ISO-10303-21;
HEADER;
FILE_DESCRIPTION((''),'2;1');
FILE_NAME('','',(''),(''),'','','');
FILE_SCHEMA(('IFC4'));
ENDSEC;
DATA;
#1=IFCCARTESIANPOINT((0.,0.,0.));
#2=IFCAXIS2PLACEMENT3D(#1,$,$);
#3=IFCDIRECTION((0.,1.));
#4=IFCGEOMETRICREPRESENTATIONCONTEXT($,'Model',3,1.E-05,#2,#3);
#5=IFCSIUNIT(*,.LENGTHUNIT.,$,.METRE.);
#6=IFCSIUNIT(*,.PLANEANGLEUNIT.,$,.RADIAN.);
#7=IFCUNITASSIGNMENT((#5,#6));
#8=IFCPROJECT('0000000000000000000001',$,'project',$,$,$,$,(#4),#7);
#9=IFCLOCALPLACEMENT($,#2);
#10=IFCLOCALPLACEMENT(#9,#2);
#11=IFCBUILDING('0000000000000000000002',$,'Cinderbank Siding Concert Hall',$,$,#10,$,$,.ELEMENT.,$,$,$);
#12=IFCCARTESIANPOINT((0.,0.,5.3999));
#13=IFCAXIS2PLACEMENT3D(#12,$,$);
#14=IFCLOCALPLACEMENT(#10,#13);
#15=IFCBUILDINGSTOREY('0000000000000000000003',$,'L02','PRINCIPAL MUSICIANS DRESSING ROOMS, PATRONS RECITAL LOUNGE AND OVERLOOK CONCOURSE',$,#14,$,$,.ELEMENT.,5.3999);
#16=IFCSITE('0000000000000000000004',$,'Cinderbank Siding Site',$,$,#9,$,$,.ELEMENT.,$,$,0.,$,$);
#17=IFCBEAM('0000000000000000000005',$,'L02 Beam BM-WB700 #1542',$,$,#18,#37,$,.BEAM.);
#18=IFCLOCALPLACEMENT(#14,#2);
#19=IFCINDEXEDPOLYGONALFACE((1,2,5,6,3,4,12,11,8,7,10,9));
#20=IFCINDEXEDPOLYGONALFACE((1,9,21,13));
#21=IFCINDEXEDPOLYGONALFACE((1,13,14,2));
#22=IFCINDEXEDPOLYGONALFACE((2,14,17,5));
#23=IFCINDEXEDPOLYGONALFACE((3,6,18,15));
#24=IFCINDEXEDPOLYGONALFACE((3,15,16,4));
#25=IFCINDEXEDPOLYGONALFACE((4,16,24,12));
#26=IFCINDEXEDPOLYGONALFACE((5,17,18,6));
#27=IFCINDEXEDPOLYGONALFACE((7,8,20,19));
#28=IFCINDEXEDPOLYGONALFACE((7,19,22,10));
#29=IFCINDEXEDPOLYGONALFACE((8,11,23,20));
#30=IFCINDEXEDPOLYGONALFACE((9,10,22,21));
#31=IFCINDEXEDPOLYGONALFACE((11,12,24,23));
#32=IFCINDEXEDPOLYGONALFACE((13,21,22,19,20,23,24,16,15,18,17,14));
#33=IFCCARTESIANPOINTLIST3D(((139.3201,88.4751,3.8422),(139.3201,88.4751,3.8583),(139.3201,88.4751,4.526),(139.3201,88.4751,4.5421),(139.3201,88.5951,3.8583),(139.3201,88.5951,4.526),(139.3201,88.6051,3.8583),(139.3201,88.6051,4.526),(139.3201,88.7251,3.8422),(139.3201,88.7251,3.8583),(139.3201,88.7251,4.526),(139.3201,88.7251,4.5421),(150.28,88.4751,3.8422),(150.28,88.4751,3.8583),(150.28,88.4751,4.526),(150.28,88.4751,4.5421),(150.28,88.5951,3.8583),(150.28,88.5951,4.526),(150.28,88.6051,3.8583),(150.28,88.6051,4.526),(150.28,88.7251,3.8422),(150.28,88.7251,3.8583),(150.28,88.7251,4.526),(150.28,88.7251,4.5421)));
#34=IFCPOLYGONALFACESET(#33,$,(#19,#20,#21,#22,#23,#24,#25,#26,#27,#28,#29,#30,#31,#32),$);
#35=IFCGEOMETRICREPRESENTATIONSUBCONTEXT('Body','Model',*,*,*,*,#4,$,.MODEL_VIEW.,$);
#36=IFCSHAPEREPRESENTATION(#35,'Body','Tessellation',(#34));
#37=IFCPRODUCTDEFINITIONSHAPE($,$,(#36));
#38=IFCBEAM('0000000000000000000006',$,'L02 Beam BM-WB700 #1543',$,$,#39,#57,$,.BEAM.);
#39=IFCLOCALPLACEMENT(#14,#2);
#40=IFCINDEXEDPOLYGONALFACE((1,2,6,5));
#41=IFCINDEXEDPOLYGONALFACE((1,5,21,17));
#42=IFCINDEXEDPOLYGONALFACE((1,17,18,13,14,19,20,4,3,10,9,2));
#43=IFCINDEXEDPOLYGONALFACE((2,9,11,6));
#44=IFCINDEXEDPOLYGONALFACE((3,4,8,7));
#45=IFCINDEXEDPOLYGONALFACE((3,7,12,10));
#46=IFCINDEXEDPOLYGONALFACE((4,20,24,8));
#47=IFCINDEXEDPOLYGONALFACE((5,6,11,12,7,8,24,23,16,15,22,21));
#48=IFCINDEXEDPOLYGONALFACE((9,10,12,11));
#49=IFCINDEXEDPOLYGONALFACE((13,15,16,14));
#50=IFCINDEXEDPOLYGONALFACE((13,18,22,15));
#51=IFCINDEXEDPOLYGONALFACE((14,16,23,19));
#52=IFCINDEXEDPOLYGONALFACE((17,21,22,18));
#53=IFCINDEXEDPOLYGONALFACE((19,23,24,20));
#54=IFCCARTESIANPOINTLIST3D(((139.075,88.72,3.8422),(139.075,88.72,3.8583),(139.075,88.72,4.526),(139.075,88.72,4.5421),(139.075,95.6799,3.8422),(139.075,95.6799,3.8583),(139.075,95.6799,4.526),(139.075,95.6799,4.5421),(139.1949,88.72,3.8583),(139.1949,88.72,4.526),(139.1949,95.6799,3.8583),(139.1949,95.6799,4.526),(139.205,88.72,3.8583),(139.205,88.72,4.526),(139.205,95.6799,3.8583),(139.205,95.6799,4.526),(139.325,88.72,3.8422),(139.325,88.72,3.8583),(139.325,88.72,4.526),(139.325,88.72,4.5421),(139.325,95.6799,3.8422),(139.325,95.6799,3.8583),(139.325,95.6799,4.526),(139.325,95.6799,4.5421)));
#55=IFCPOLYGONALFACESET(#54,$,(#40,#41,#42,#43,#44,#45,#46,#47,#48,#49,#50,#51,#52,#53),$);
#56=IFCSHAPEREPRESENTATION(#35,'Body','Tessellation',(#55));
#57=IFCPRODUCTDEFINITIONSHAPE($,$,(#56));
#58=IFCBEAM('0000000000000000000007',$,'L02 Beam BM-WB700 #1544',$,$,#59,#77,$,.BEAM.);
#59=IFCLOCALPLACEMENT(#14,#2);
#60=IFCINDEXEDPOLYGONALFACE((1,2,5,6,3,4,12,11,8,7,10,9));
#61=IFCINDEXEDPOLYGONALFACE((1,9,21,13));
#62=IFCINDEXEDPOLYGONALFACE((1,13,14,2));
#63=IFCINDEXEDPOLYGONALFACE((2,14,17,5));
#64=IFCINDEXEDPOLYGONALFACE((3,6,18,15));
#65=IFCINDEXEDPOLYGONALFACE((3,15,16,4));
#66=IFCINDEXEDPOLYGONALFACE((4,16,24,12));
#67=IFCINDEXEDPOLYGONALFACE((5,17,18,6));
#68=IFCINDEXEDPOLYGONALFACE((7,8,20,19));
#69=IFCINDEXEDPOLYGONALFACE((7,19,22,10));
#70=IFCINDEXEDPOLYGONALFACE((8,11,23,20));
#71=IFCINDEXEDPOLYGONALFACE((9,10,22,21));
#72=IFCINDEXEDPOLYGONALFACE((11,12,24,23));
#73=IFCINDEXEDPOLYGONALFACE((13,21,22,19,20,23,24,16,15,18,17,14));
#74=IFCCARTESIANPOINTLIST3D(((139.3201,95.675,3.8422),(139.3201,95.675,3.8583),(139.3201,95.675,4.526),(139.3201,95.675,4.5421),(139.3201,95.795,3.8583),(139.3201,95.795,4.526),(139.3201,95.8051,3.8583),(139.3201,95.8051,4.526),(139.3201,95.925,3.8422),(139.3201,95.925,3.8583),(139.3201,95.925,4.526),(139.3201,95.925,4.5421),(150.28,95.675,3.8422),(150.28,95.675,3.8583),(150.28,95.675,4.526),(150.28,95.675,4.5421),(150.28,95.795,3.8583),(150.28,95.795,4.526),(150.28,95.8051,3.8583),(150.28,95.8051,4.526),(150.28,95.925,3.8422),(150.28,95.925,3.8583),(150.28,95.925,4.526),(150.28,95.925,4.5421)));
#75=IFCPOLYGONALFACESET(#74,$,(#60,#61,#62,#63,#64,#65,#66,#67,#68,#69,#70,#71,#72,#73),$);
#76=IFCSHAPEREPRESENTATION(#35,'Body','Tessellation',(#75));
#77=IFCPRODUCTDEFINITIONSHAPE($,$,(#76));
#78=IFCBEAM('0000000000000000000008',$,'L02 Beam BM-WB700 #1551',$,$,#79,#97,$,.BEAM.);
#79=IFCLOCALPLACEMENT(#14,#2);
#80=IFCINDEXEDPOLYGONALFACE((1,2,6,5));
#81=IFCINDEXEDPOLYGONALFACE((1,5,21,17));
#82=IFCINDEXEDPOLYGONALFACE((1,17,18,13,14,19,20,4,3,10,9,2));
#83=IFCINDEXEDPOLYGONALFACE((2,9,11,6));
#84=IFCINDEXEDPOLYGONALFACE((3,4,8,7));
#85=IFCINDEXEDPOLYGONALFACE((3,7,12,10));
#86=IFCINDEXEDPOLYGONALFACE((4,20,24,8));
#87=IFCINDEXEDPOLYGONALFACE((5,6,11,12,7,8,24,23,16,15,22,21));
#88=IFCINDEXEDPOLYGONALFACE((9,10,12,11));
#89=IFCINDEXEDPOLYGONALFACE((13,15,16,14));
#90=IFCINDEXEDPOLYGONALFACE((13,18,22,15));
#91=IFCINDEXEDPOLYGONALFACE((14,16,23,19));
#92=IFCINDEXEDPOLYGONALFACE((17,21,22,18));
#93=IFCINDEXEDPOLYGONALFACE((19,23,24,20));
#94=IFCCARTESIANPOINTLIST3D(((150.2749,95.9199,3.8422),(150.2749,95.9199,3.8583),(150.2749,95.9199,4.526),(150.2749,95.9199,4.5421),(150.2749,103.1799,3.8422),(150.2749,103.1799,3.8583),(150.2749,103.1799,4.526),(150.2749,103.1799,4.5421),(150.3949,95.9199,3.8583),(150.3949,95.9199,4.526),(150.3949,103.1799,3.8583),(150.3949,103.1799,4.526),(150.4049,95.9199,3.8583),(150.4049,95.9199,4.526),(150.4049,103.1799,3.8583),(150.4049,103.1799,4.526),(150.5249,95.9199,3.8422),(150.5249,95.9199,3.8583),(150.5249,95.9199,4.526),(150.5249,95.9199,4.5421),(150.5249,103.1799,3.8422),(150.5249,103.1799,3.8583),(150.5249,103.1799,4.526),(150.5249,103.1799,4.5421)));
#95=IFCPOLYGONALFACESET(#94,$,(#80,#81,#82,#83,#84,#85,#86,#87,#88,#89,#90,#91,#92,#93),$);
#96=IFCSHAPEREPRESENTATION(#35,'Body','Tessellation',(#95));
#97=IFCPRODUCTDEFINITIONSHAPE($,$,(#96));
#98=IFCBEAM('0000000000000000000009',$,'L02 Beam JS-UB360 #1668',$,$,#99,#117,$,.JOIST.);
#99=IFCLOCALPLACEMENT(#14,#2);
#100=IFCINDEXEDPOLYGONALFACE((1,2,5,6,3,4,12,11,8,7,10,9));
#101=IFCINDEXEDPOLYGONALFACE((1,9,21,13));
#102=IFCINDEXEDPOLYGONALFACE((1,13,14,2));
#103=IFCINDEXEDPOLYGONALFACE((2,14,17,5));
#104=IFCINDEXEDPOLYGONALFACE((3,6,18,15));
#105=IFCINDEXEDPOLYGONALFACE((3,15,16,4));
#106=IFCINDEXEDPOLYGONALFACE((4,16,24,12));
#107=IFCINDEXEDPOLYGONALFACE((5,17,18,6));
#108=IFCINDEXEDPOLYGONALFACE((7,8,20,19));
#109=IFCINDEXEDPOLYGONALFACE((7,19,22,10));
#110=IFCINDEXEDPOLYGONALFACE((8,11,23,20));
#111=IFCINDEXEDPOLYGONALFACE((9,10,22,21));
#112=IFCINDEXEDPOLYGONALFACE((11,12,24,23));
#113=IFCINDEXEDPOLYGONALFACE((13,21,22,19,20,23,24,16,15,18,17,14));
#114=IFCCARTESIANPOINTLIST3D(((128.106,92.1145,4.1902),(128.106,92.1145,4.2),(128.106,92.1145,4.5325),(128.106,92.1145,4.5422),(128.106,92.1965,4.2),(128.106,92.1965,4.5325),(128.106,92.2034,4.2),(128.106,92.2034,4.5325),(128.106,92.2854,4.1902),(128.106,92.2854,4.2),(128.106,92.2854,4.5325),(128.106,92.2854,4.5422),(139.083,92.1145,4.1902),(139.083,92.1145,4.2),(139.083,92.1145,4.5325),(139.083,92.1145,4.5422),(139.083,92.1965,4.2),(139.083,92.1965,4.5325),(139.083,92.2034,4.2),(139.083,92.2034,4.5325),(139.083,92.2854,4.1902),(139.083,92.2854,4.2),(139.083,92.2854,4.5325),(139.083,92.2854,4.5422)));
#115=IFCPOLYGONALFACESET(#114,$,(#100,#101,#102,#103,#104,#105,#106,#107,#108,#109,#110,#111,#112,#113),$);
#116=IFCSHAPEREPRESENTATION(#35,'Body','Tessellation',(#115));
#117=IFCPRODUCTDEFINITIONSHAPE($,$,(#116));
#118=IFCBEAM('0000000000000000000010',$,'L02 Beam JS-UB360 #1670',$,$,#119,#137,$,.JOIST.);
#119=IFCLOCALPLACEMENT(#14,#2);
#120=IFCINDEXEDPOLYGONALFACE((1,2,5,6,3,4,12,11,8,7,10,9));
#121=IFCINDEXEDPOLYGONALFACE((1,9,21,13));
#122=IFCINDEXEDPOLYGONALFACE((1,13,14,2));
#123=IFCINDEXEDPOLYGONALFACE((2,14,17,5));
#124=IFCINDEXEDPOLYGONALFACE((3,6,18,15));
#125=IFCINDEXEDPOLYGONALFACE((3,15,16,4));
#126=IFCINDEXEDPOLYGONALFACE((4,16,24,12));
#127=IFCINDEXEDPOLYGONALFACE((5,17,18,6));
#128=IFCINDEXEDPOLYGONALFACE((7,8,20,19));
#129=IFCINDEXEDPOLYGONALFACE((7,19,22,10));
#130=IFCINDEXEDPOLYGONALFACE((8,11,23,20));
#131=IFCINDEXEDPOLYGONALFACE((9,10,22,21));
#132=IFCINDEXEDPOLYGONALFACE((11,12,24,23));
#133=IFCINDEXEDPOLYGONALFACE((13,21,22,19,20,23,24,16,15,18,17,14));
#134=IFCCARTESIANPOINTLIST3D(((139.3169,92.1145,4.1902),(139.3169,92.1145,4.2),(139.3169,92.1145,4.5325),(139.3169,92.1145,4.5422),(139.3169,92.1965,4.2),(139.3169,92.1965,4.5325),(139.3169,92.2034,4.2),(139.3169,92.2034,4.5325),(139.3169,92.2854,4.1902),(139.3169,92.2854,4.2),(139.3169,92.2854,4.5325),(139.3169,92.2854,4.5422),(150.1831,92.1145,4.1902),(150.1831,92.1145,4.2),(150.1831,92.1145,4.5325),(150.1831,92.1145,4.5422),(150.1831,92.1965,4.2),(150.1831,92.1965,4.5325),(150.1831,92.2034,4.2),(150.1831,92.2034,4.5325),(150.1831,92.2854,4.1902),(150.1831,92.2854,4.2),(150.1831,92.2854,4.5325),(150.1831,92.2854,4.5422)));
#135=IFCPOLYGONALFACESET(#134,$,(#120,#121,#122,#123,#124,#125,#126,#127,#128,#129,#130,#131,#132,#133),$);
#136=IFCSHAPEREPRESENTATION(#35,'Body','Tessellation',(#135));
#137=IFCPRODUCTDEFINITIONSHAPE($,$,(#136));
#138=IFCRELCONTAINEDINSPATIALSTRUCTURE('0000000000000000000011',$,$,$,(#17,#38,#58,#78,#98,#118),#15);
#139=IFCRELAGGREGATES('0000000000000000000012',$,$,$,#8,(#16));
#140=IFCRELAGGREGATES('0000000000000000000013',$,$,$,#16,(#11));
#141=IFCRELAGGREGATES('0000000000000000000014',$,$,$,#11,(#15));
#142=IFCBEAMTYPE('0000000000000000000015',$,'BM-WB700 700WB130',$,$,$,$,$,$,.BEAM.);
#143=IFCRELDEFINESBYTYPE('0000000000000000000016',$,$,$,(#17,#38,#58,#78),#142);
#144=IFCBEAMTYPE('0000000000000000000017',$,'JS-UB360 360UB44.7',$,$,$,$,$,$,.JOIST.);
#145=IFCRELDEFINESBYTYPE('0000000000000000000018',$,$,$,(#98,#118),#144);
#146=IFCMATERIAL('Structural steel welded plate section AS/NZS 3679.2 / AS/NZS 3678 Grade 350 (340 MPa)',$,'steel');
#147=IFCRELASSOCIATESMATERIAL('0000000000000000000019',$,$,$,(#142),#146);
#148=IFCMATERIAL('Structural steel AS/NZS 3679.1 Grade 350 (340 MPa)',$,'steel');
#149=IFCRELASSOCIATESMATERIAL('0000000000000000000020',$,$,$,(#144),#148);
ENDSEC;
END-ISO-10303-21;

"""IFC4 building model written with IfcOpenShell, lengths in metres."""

from ifc_helpers import new_model, si_unit, direction, frame, origin, origin_2d, place, context, subcontext, project, spatial, i_section, extrude, material, material_profile, profile_set, type_object, element, save


model = new_model("IFC4")

# Units and contexts
model_context = context("Model", 3, precision=1e-05, world=origin(), true_north=direction((0.0, 1.0)))
body_context = subcontext(model_context, "Body", "Model", "MODEL_VIEW")
ifc_project = project(units=[si_unit("LENGTHUNIT", "METRE"), si_unit("PLANEANGLEUNIT", "RADIAN")], contexts=[model_context])

# Site, building, storey
site_placement = place(None, origin())
site = spatial("IfcSite", under=ifc_project, at=site_placement, Name="Cinderbank Siding Site", CompositionType="ELEMENT", RefElevation=0.0)
building_placement = place(site_placement, origin())
building = spatial("IfcBuilding", under=site, at=building_placement, Name="Cinderbank Siding Concert Hall", CompositionType="ELEMENT")
storey_placement = place(building_placement, frame((0.0, 0.0, 5.3999)))
storey = spatial("IfcBuildingStorey", under=building, at=storey_placement, Name="L02", Description="PRINCIPAL MUSICIANS DRESSING ROOMS, PATRONS RECITAL LOUNGE AND OVERLOOK CONCOURSE", CompositionType="ELEMENT", Elevation=5.3999)

# Shared definitions
ifc_material_1 = material(Name="Structural steel AS/NZS 3679.1 Grade 350 (340 MPa)", Category="steel")

# Beams
ifc_material_2 = material(Name="Structural steel welded plate section AS/NZS 3679.2 / AS/NZS 3678 Grade 350 (340 MPa)", Category="steel")
ifc_material_profile_1 = material_profile(ifc_material_2, i_section(OverallWidth=0.25, OverallDepth=0.7, WebThickness=0.01, FlangeThickness=0.0161, at=origin_2d()), Name="700WB130", Category="LoadBearing")
ifc_profile_set_1 = profile_set([ifc_material_profile_1], Name="Structural steel welded plate section AS/NZS 3679.2 / AS/NZS 3678 Grade 350 (340 MPa)")
beam_type_1 = type_object("IfcBeamType", Name="BM-WB700 700WB130", PredefinedType="BEAM", material=ifc_profile_set_1)
for number, where, z_axis, x_axis, name in (
    (1, (139.3201, 88.6001, 4.1921), (1.0, 0.0, 0.0), (0.0, 1.0, 0.0), "L02 Beam BM-WB700 #1542"),
):
    element("IfcBeam", number, at=place(storey_placement, frame(where, z_axis=z_axis, x_axis=x_axis)), inside=storey, type_object=beam_type_1, Name=name, PredefinedType="BEAM", context=body_context, shape_type="SweptSolid", body=[
        extrude(i_section(OverallWidth=0.25, OverallDepth=0.7, WebThickness=0.01, FlangeThickness=0.0161, at=origin_2d()), origin(), (0.0, 0.0, 1.0), 10.96),
    ])
beam_1_placement = place(storey_placement, frame((139.2, 88.72, 4.1921), z_axis=(0.0, 1.0, 0.0), x_axis=(-1.0, 0.0, 0.0)))
element("IfcBeam", 2, at=beam_1_placement, inside=storey, type_object=beam_type_1, Name="L02 Beam BM-WB700 #1543", PredefinedType="BEAM", context=body_context, shape_type="SweptSolid", body=[
    extrude(i_section(OverallWidth=0.25, OverallDepth=0.7, WebThickness=0.01, FlangeThickness=0.0161, at=origin_2d()), origin(), (0.0, 0.0, 1.0), 6.96),
])
beam_2_placement = place(storey_placement, frame((139.3201, 95.8, 4.1921), z_axis=(1.0, 0.0, 0.0), x_axis=(0.0, 1.0, 0.0)))
element("IfcBeam", 3, at=beam_2_placement, inside=storey, type_object=beam_type_1, Name="L02 Beam BM-WB700 #1544", PredefinedType="BEAM", context=body_context, shape_type="SweptSolid", body=[
    extrude(i_section(OverallWidth=0.25, OverallDepth=0.7, WebThickness=0.01, FlangeThickness=0.0161, at=origin_2d()), origin(), (0.0, 0.0, 1.0), 10.96),
])
beam_3_placement = place(storey_placement, frame((150.3999, 95.9199, 4.1921), z_axis=(0.0, 1.0, 0.0), x_axis=(-1.0, 0.0, 0.0)))
element("IfcBeam", 4, at=beam_3_placement, inside=storey, type_object=beam_type_1, Name="L02 Beam BM-WB700 #1551", PredefinedType="BEAM", context=body_context, shape_type="SweptSolid", body=[
    extrude(i_section(OverallWidth=0.25, OverallDepth=0.7, WebThickness=0.01, FlangeThickness=0.0161, at=origin_2d()), origin(), (0.0, 0.0, 1.0), 7.26),
])
ifc_material_profile_2 = material_profile(ifc_material_1, i_section(OverallWidth=0.1709, OverallDepth=0.3521, WebThickness=0.0068, FlangeThickness=0.0098, at=origin_2d()), Name="360UB44.7", Category="LoadBearing")
ifc_profile_set_2 = profile_set([ifc_material_profile_2], Name="Structural steel AS/NZS 3679.1 Grade 350 (340 MPa)")
beam_type_2 = type_object("IfcBeamType", Name="JS-UB360 360UB44.7", PredefinedType="JOIST", material=ifc_profile_set_2)
beam_4_placement = place(storey_placement, frame((128.106, 92.2, 4.3662), z_axis=(1.0, 0.0, 0.0), x_axis=(0.0, 1.0, 0.0)))
element("IfcBeam", 5, at=beam_4_placement, inside=storey, type_object=beam_type_2, Name="L02 Beam JS-UB360 #1668", PredefinedType="JOIST", context=body_context, shape_type="SweptSolid", body=[
    extrude(i_section(OverallWidth=0.1709, OverallDepth=0.3521, WebThickness=0.0068, FlangeThickness=0.0098, at=origin_2d()), origin(), (0.0, 0.0, 1.0), 10.9771),
])
beam_5_placement = place(storey_placement, frame((139.3169, 92.2, 4.3662), z_axis=(1.0, 0.0, 0.0), x_axis=(0.0, 1.0, 0.0)))
element("IfcBeam", 6, at=beam_5_placement, inside=storey, type_object=beam_type_2, Name="L02 Beam JS-UB360 #1670", PredefinedType="JOIST", context=body_context, shape_type="SweptSolid", body=[
    extrude(i_section(OverallWidth=0.1709, OverallDepth=0.3521, WebThickness=0.0068, FlangeThickness=0.0098, at=origin_2d()), origin(), (0.0, 0.0, 1.0), 10.8662),
])

save(model, "model.ifc")
